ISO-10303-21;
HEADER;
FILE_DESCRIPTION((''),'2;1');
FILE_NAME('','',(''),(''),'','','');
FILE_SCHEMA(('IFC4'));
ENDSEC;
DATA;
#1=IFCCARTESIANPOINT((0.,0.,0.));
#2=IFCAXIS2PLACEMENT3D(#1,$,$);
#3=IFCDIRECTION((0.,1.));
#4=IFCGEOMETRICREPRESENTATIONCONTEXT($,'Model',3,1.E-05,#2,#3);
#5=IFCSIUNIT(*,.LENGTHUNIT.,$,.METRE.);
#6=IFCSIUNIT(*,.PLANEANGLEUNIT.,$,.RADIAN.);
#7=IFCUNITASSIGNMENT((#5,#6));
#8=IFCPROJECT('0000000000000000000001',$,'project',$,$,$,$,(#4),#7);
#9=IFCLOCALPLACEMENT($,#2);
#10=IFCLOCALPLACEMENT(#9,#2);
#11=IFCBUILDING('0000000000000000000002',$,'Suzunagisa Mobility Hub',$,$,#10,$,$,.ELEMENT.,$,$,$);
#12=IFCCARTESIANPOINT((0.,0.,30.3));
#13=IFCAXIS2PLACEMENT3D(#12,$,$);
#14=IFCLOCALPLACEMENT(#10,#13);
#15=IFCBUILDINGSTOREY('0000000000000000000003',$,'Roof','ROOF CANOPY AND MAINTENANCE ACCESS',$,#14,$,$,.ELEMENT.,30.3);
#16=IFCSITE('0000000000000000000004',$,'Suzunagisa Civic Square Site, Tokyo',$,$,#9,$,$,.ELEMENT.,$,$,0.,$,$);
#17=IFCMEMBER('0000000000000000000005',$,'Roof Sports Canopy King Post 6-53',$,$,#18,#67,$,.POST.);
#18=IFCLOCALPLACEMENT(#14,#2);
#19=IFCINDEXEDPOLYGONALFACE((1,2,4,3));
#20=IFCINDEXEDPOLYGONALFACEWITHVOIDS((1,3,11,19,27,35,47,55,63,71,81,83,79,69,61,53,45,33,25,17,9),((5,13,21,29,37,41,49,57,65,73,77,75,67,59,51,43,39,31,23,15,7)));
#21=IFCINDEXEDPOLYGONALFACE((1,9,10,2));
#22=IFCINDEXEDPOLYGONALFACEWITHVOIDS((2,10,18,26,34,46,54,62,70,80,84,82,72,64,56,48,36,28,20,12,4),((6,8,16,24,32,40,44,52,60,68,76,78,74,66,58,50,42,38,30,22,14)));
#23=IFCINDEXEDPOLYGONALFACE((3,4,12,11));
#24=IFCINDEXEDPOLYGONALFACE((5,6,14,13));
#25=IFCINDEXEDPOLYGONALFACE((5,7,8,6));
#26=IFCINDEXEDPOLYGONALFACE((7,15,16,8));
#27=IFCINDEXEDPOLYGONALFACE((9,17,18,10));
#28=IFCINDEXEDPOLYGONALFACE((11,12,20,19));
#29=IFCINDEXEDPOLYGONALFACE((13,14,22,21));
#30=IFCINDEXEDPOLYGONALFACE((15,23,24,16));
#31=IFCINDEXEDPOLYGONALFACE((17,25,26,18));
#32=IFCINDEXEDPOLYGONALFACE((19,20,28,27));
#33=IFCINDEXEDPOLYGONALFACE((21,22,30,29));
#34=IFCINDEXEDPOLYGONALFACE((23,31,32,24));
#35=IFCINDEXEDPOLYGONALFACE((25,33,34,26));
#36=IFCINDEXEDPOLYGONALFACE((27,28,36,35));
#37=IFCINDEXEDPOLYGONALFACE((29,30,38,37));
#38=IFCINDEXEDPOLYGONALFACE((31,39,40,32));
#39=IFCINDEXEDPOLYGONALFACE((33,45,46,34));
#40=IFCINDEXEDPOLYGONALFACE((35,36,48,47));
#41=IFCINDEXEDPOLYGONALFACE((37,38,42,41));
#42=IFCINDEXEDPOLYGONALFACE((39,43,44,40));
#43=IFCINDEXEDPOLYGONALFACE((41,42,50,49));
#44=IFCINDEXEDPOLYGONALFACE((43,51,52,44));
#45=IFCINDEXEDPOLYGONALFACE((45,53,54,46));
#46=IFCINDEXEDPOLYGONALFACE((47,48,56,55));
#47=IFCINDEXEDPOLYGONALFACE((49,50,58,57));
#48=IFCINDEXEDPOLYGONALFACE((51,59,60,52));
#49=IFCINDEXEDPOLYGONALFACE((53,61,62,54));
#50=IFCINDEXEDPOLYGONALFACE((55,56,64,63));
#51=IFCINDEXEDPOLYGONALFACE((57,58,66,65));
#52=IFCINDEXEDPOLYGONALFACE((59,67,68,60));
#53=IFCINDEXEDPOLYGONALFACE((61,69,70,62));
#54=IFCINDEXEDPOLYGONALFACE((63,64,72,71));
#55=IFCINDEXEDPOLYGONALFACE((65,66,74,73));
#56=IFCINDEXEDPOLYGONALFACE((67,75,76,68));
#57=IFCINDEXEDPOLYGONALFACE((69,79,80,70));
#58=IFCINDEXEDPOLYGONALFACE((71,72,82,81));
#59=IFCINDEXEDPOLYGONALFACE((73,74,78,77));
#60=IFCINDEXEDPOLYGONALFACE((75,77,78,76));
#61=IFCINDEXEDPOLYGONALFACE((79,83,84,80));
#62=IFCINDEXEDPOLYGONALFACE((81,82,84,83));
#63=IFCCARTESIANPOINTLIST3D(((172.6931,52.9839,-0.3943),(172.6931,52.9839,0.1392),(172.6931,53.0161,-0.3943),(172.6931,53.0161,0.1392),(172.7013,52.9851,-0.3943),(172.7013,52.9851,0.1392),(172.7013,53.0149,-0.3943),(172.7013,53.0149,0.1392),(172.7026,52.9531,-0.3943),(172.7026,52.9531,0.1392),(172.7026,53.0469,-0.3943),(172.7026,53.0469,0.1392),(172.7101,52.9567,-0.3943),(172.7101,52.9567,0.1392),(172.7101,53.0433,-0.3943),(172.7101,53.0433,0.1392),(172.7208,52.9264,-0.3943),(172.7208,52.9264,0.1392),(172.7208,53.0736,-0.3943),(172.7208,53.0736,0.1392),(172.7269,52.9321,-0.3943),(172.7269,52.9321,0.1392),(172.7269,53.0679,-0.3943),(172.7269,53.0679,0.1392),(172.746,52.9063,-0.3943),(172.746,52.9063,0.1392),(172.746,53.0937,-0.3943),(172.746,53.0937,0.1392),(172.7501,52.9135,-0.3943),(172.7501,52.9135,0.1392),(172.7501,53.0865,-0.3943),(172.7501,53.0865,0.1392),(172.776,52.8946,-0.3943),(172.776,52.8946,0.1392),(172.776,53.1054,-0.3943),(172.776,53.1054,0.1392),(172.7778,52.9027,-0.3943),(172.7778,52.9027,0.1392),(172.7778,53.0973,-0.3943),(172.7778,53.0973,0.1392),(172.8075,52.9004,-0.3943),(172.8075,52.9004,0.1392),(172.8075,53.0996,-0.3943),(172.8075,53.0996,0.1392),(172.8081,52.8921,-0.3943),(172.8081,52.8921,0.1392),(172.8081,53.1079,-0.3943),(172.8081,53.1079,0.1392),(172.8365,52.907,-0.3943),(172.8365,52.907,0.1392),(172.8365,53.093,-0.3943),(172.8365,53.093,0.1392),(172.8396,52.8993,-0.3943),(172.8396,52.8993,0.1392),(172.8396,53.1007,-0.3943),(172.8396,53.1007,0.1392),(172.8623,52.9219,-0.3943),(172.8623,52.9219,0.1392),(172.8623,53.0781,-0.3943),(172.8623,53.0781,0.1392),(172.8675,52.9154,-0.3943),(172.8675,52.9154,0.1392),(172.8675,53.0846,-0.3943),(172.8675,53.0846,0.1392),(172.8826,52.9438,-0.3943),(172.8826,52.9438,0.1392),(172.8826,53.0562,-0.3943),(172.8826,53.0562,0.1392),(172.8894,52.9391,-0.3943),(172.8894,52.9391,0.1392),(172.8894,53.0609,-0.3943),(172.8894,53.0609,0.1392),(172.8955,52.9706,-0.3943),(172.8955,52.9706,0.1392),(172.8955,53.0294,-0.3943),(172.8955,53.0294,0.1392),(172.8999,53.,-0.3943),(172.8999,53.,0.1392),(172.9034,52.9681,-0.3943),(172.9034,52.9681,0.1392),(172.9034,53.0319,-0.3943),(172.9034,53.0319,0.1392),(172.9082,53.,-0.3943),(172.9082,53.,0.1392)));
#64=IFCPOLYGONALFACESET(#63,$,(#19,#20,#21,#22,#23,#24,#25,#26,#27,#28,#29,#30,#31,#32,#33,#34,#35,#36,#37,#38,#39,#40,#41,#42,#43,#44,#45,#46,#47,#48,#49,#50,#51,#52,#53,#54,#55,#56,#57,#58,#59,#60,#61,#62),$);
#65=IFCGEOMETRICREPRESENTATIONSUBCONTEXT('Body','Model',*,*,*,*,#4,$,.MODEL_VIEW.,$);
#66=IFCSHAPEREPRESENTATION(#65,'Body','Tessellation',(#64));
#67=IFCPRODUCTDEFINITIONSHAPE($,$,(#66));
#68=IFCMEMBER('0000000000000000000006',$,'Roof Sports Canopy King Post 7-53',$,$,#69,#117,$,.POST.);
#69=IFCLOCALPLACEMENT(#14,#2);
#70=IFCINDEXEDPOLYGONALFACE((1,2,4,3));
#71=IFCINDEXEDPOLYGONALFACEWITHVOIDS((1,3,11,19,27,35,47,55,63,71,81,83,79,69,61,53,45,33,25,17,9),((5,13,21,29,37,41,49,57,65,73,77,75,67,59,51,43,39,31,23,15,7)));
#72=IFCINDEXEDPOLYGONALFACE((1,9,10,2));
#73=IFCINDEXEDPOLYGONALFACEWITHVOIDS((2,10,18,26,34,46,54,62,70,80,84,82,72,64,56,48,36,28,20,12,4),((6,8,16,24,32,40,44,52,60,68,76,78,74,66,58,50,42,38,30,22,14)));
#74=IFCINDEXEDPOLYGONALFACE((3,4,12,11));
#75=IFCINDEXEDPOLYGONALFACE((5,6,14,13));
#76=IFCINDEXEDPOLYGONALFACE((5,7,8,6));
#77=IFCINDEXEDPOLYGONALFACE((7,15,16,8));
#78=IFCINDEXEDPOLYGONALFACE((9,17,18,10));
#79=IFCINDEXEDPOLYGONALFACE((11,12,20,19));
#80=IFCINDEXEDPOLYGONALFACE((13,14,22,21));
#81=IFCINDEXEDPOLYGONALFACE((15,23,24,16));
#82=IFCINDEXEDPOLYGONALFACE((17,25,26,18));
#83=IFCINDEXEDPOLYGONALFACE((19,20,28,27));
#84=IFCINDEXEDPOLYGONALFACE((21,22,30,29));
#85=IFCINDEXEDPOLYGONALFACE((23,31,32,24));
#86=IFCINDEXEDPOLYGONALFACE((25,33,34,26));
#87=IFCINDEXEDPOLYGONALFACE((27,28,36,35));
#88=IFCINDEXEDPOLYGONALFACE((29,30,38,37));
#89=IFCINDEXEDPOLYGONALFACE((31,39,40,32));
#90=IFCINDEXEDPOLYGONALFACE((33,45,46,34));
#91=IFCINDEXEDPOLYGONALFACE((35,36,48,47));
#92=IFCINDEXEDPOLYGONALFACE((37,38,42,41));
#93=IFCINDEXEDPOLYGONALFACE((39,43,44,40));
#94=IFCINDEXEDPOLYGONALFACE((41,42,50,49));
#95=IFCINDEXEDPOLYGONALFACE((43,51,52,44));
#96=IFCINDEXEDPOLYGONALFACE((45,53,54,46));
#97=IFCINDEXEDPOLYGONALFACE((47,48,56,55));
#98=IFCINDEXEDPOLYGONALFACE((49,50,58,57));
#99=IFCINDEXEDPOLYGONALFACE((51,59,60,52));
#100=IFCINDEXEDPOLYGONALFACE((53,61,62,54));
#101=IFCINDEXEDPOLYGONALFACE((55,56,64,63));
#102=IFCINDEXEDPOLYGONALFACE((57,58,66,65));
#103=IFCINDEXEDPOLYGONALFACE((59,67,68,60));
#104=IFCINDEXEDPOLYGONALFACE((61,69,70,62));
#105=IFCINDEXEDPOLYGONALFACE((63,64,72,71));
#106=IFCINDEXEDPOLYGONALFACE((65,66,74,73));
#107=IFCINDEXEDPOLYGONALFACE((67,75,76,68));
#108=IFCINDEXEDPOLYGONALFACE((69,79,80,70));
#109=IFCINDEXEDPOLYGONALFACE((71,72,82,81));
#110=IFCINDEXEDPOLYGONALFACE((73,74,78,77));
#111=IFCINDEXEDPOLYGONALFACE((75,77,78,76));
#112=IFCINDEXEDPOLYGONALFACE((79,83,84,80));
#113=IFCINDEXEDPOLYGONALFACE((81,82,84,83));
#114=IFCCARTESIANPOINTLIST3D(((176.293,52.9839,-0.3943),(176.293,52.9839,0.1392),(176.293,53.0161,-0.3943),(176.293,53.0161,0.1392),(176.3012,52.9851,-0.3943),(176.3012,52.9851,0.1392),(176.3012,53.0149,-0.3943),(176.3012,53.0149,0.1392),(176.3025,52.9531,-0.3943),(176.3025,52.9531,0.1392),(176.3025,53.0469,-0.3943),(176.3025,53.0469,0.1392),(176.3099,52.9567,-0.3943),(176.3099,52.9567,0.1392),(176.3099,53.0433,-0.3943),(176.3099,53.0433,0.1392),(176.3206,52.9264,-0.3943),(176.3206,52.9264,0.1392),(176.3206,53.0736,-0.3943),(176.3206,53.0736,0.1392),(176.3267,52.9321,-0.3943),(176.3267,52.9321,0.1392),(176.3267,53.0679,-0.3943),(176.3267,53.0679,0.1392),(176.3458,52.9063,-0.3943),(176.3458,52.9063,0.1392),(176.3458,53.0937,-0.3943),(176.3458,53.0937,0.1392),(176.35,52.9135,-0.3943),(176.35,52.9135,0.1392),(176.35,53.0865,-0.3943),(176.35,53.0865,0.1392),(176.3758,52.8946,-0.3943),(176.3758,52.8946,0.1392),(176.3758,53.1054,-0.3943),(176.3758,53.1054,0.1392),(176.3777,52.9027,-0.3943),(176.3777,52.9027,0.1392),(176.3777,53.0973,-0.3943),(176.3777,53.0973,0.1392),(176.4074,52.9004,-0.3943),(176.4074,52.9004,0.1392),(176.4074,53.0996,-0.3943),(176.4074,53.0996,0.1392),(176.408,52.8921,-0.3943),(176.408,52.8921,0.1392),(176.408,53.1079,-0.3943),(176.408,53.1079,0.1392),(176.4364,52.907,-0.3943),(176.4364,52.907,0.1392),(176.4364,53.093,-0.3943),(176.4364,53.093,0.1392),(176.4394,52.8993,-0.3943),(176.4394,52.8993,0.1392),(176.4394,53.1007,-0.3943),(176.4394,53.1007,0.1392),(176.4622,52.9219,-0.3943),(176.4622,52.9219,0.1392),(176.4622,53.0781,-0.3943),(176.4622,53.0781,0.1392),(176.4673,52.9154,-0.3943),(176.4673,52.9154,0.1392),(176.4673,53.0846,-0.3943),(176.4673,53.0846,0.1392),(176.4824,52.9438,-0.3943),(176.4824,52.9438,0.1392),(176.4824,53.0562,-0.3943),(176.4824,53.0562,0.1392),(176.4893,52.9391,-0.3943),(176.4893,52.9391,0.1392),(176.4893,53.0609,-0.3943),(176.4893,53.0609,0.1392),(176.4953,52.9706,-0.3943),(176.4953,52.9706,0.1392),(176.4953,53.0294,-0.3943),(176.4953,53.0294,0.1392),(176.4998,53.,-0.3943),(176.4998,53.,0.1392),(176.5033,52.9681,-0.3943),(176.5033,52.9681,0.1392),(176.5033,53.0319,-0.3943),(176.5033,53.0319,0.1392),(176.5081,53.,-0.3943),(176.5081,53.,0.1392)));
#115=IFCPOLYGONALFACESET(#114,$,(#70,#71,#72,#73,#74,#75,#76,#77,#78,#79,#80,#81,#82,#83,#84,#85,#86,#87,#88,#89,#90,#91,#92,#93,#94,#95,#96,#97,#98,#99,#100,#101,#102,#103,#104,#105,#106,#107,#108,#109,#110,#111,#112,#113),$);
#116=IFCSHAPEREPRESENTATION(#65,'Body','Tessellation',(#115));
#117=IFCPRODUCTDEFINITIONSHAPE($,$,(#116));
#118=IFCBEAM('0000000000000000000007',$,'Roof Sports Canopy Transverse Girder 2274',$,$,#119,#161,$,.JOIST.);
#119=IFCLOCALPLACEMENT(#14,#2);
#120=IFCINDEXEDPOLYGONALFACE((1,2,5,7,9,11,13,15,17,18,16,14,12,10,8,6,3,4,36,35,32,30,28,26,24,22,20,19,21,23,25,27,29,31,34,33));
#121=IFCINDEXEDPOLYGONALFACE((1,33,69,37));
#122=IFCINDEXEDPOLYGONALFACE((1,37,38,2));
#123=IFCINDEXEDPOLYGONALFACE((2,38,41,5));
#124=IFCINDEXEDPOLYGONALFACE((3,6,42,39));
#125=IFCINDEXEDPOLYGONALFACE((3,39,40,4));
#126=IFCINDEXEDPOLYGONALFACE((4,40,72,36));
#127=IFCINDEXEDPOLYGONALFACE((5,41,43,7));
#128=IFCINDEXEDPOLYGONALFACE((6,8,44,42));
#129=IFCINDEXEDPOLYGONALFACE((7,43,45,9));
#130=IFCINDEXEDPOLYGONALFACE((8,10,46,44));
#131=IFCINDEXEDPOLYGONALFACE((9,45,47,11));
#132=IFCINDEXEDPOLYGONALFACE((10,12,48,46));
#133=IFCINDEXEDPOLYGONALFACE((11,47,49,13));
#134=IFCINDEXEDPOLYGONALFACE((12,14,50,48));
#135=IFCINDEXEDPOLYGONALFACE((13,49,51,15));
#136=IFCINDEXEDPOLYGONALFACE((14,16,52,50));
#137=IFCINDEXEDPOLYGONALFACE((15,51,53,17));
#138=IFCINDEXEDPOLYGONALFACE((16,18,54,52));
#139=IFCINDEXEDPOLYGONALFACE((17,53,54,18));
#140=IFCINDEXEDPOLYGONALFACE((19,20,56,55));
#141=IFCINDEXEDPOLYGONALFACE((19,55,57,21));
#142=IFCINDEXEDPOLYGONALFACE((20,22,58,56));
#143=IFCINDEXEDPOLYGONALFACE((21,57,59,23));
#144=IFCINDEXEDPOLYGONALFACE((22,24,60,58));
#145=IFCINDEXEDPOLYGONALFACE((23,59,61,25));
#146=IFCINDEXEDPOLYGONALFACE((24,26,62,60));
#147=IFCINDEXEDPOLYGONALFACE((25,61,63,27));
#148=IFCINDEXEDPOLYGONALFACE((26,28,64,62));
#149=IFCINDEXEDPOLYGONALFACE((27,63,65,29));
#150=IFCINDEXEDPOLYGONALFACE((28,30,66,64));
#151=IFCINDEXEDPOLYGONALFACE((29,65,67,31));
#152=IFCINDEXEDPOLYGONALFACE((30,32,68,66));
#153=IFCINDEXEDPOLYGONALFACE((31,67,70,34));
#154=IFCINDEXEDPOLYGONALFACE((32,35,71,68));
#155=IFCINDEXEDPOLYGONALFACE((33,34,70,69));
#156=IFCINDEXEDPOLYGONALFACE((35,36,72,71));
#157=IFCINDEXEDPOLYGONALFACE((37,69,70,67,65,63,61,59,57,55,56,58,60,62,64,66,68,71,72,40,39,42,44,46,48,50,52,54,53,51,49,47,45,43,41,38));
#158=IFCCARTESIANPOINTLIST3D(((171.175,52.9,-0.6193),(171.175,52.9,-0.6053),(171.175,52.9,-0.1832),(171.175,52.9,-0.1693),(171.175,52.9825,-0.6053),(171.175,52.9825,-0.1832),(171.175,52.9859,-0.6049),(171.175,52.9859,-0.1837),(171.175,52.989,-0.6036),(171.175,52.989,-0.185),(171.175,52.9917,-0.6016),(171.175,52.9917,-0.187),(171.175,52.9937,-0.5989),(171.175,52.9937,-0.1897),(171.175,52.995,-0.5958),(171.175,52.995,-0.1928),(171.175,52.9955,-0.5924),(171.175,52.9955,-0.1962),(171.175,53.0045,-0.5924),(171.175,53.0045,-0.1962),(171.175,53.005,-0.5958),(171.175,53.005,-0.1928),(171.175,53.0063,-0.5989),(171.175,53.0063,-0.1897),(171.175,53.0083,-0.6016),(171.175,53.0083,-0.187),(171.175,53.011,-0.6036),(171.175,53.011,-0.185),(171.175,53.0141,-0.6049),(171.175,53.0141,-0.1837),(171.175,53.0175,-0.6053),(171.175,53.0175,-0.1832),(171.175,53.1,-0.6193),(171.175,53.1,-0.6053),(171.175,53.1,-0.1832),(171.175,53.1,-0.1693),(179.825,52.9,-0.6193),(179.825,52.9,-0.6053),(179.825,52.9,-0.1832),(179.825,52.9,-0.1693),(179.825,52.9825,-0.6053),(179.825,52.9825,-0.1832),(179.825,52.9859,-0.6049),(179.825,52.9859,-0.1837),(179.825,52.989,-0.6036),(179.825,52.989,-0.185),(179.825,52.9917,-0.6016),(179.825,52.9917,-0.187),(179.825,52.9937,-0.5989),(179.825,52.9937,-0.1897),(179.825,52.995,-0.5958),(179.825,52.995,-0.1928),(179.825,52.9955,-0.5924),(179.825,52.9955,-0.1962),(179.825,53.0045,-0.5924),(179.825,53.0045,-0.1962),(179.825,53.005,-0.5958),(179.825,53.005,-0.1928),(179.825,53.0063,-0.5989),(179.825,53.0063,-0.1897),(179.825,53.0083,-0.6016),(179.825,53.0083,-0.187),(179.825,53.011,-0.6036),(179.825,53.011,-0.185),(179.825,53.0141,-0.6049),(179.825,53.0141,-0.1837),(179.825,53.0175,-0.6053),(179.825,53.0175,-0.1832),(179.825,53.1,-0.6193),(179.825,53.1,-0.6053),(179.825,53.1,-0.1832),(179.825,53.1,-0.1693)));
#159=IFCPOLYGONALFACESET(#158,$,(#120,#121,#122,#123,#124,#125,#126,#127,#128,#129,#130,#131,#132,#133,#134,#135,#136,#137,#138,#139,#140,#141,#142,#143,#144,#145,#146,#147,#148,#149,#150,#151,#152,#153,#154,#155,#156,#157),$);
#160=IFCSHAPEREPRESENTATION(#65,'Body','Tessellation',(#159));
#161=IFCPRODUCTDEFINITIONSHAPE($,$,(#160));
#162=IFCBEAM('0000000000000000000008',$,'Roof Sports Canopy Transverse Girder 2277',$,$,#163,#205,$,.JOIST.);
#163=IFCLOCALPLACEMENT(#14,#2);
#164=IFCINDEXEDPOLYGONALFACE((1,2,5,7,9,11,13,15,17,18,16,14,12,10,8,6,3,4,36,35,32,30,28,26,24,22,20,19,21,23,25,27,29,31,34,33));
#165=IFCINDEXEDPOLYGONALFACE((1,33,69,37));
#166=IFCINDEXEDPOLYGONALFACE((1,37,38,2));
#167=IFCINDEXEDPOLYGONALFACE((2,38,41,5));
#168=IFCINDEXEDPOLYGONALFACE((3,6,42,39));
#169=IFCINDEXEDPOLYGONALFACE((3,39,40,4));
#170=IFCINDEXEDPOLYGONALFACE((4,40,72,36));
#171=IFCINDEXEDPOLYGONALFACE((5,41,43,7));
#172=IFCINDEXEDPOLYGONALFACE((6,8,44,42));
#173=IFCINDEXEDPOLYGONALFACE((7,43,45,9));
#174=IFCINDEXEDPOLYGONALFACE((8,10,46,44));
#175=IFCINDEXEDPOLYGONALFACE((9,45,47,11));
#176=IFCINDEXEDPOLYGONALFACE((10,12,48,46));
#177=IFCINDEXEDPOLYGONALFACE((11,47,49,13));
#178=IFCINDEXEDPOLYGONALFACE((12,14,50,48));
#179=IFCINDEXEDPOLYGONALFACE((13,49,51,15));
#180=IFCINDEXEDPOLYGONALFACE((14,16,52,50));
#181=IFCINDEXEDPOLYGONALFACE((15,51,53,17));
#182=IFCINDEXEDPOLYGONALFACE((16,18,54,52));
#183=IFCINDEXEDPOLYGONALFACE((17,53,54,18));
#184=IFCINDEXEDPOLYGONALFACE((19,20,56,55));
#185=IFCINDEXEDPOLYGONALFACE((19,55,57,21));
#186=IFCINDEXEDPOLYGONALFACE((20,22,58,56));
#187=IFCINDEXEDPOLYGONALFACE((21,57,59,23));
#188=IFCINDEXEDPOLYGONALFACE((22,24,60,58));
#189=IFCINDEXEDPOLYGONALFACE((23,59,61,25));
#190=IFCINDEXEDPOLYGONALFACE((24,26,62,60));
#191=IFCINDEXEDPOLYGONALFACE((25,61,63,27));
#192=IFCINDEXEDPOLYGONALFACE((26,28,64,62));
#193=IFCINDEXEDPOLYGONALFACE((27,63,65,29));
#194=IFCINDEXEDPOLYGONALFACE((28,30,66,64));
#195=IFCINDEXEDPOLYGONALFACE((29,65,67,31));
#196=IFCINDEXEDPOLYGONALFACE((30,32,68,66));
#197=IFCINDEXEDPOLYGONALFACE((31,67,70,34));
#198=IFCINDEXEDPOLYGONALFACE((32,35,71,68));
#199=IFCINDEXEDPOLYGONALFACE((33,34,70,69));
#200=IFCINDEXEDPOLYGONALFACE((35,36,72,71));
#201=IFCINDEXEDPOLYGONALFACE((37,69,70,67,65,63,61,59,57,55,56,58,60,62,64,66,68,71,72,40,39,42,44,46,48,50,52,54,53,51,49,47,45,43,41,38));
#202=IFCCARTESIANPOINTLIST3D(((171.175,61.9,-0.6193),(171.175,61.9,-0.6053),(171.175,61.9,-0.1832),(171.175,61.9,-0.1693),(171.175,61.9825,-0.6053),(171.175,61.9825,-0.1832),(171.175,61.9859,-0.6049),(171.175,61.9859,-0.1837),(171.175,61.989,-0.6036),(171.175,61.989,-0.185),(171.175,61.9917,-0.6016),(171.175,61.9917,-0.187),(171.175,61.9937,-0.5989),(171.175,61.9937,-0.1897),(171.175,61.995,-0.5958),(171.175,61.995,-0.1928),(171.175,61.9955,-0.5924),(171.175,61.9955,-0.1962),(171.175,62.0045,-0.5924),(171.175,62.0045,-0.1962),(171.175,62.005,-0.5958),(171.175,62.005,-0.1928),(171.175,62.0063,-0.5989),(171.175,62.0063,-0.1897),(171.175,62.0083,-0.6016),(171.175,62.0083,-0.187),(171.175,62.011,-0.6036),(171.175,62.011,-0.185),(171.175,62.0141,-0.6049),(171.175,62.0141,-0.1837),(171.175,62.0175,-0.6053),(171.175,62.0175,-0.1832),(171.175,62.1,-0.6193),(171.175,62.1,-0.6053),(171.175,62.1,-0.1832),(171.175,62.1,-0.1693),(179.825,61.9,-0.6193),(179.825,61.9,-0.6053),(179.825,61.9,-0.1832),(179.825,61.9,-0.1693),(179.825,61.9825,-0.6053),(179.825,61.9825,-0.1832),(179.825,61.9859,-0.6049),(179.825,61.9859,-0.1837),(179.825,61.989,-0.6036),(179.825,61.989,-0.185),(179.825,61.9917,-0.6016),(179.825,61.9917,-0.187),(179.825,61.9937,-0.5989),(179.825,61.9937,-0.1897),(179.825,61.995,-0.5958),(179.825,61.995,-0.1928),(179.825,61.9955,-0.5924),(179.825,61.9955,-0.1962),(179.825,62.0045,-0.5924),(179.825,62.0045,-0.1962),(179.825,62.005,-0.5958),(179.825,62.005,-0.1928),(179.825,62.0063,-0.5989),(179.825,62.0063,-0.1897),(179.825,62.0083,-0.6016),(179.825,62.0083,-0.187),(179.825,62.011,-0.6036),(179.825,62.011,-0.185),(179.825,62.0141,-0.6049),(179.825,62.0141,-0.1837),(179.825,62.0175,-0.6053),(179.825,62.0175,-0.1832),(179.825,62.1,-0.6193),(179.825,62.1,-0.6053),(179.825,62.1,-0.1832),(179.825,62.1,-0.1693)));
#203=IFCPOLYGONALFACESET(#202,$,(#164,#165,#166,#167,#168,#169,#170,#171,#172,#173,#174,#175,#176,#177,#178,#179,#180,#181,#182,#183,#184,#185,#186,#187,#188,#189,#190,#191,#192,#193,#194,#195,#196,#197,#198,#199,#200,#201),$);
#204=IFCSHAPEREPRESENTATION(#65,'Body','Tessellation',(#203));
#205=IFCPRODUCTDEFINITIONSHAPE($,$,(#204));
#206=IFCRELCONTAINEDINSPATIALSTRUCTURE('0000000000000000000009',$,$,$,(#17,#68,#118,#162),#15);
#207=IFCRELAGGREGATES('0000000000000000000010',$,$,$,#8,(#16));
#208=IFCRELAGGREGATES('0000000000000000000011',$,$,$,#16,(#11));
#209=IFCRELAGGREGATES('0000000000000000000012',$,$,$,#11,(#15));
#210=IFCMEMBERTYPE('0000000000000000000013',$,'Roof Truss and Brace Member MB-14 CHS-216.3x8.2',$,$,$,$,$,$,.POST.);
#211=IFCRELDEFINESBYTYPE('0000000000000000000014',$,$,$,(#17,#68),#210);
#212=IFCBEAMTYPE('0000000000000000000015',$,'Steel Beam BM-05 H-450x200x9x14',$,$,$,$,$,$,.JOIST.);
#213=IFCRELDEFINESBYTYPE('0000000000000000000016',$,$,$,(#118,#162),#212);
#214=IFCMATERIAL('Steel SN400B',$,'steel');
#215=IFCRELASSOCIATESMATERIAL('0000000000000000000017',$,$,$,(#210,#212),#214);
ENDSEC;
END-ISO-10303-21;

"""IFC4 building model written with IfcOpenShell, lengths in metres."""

from ifc_helpers import new_model, si_unit, direction, frame, origin, origin_2d, place, context, subcontext, project, spatial, hollow_circle, i_section, extrude, material, material_profile, profile_set, type_object, element, save


model = new_model("IFC4")

# Units and contexts
model_context = context("Model", 3, precision=1e-05, world=origin(), true_north=direction((0.0, 1.0)))
body_context = subcontext(model_context, "Body", "Model", "MODEL_VIEW")
ifc_project = project(units=[si_unit("LENGTHUNIT", "METRE"), si_unit("PLANEANGLEUNIT", "RADIAN")], contexts=[model_context])

# Site, building, storey
site_placement = place(None, origin())
site = spatial("IfcSite", under=ifc_project, at=site_placement, Name="Suzunagisa Civic Square Site, Tokyo", CompositionType="ELEMENT", RefElevation=0.0)
building_placement = place(site_placement, origin())
building = spatial("IfcBuilding", under=site, at=building_placement, Name="Suzunagisa Mobility Hub", CompositionType="ELEMENT")
storey_placement = place(building_placement, frame((0.0, 0.0, 30.3)))
storey = spatial("IfcBuildingStorey", under=building, at=storey_placement, Name="Roof", Description="ROOF CANOPY AND MAINTENANCE ACCESS", CompositionType="ELEMENT", Elevation=30.3)

# Members
ifc_material_1 = material(Name="Steel SN400B", Category="steel")
ifc_material_profile_1 = material_profile(ifc_material_1, hollow_circle(Radius=0.1082, WallThickness=0.0083, at=origin_2d()), Name="CHS-216.3x8.2")
ifc_profile_set_1 = profile_set([ifc_material_profile_1], Name="Steel SN400B")
member_type_1 = type_object("IfcMemberType", Name="Roof Truss and Brace Member MB-14 CHS-216.3x8.2", PredefinedType="POST", material=ifc_profile_set_1)
for number, where, z_axis, x_axis, name in (
    (1, (172.8, 53.0, -0.3943), (0.0, 0.0, 1.0), (1.0, 0.0, 0.0), "Roof Sports Canopy King Post 6-53"),
    (2, (176.3999, 53.0, -0.3943), (0.0, 0.0, 1.0), (1.0, 0.0, 0.0), "Roof Sports Canopy King Post 7-53"),
):
    element("IfcMember", number, at=place(storey_placement, frame(where, z_axis=z_axis, x_axis=x_axis)), inside=storey, type_object=member_type_1, Name=name, PredefinedType="POST", context=body_context, shape_type="SweptSolid", body=[
        extrude(hollow_circle(Radius=0.1082, WallThickness=0.0083, at=origin_2d()), origin(), (0.0, 0.0, 1.0), 0.5334),
    ])

# Beams
ifc_material_profile_2 = material_profile(ifc_material_1, i_section(OverallWidth=0.2, OverallDepth=0.45, WebThickness=0.009, FlangeThickness=0.0139, FilletRadius=0.0129, at=origin_2d()), Name="H-450x200x9x14")
ifc_profile_set_2 = profile_set([ifc_material_profile_2], Name="Steel SN400B")
beam_type = type_object("IfcBeamType", Name="Steel Beam BM-05 H-450x200x9x14", PredefinedType="JOIST", material=ifc_profile_set_2)
for number, where, z_axis, x_axis, name in (
    (3, (171.175, 53.0, -0.3943), (1.0, 0.0, 0.0), (0.0, 1.0, 0.0), "Roof Sports Canopy Transverse Girder 2274"),
    (4, (171.175, 62.0, -0.3943), (1.0, 0.0, 0.0), (0.0, 1.0, 0.0), "Roof Sports Canopy Transverse Girder 2277"),
):
    element("IfcBeam", number, at=place(storey_placement, frame(where, z_axis=z_axis, x_axis=x_axis)), inside=storey, type_object=beam_type, Name=name, PredefinedType="JOIST", context=body_context, shape_type="SweptSolid", body=[
        extrude(i_section(OverallWidth=0.2, OverallDepth=0.45, WebThickness=0.009, FlangeThickness=0.0139, FilletRadius=0.0129, at=origin_2d()), origin(), (0.0, 0.0, 1.0), 8.6499),
    ])

save(model, "model.ifc")
